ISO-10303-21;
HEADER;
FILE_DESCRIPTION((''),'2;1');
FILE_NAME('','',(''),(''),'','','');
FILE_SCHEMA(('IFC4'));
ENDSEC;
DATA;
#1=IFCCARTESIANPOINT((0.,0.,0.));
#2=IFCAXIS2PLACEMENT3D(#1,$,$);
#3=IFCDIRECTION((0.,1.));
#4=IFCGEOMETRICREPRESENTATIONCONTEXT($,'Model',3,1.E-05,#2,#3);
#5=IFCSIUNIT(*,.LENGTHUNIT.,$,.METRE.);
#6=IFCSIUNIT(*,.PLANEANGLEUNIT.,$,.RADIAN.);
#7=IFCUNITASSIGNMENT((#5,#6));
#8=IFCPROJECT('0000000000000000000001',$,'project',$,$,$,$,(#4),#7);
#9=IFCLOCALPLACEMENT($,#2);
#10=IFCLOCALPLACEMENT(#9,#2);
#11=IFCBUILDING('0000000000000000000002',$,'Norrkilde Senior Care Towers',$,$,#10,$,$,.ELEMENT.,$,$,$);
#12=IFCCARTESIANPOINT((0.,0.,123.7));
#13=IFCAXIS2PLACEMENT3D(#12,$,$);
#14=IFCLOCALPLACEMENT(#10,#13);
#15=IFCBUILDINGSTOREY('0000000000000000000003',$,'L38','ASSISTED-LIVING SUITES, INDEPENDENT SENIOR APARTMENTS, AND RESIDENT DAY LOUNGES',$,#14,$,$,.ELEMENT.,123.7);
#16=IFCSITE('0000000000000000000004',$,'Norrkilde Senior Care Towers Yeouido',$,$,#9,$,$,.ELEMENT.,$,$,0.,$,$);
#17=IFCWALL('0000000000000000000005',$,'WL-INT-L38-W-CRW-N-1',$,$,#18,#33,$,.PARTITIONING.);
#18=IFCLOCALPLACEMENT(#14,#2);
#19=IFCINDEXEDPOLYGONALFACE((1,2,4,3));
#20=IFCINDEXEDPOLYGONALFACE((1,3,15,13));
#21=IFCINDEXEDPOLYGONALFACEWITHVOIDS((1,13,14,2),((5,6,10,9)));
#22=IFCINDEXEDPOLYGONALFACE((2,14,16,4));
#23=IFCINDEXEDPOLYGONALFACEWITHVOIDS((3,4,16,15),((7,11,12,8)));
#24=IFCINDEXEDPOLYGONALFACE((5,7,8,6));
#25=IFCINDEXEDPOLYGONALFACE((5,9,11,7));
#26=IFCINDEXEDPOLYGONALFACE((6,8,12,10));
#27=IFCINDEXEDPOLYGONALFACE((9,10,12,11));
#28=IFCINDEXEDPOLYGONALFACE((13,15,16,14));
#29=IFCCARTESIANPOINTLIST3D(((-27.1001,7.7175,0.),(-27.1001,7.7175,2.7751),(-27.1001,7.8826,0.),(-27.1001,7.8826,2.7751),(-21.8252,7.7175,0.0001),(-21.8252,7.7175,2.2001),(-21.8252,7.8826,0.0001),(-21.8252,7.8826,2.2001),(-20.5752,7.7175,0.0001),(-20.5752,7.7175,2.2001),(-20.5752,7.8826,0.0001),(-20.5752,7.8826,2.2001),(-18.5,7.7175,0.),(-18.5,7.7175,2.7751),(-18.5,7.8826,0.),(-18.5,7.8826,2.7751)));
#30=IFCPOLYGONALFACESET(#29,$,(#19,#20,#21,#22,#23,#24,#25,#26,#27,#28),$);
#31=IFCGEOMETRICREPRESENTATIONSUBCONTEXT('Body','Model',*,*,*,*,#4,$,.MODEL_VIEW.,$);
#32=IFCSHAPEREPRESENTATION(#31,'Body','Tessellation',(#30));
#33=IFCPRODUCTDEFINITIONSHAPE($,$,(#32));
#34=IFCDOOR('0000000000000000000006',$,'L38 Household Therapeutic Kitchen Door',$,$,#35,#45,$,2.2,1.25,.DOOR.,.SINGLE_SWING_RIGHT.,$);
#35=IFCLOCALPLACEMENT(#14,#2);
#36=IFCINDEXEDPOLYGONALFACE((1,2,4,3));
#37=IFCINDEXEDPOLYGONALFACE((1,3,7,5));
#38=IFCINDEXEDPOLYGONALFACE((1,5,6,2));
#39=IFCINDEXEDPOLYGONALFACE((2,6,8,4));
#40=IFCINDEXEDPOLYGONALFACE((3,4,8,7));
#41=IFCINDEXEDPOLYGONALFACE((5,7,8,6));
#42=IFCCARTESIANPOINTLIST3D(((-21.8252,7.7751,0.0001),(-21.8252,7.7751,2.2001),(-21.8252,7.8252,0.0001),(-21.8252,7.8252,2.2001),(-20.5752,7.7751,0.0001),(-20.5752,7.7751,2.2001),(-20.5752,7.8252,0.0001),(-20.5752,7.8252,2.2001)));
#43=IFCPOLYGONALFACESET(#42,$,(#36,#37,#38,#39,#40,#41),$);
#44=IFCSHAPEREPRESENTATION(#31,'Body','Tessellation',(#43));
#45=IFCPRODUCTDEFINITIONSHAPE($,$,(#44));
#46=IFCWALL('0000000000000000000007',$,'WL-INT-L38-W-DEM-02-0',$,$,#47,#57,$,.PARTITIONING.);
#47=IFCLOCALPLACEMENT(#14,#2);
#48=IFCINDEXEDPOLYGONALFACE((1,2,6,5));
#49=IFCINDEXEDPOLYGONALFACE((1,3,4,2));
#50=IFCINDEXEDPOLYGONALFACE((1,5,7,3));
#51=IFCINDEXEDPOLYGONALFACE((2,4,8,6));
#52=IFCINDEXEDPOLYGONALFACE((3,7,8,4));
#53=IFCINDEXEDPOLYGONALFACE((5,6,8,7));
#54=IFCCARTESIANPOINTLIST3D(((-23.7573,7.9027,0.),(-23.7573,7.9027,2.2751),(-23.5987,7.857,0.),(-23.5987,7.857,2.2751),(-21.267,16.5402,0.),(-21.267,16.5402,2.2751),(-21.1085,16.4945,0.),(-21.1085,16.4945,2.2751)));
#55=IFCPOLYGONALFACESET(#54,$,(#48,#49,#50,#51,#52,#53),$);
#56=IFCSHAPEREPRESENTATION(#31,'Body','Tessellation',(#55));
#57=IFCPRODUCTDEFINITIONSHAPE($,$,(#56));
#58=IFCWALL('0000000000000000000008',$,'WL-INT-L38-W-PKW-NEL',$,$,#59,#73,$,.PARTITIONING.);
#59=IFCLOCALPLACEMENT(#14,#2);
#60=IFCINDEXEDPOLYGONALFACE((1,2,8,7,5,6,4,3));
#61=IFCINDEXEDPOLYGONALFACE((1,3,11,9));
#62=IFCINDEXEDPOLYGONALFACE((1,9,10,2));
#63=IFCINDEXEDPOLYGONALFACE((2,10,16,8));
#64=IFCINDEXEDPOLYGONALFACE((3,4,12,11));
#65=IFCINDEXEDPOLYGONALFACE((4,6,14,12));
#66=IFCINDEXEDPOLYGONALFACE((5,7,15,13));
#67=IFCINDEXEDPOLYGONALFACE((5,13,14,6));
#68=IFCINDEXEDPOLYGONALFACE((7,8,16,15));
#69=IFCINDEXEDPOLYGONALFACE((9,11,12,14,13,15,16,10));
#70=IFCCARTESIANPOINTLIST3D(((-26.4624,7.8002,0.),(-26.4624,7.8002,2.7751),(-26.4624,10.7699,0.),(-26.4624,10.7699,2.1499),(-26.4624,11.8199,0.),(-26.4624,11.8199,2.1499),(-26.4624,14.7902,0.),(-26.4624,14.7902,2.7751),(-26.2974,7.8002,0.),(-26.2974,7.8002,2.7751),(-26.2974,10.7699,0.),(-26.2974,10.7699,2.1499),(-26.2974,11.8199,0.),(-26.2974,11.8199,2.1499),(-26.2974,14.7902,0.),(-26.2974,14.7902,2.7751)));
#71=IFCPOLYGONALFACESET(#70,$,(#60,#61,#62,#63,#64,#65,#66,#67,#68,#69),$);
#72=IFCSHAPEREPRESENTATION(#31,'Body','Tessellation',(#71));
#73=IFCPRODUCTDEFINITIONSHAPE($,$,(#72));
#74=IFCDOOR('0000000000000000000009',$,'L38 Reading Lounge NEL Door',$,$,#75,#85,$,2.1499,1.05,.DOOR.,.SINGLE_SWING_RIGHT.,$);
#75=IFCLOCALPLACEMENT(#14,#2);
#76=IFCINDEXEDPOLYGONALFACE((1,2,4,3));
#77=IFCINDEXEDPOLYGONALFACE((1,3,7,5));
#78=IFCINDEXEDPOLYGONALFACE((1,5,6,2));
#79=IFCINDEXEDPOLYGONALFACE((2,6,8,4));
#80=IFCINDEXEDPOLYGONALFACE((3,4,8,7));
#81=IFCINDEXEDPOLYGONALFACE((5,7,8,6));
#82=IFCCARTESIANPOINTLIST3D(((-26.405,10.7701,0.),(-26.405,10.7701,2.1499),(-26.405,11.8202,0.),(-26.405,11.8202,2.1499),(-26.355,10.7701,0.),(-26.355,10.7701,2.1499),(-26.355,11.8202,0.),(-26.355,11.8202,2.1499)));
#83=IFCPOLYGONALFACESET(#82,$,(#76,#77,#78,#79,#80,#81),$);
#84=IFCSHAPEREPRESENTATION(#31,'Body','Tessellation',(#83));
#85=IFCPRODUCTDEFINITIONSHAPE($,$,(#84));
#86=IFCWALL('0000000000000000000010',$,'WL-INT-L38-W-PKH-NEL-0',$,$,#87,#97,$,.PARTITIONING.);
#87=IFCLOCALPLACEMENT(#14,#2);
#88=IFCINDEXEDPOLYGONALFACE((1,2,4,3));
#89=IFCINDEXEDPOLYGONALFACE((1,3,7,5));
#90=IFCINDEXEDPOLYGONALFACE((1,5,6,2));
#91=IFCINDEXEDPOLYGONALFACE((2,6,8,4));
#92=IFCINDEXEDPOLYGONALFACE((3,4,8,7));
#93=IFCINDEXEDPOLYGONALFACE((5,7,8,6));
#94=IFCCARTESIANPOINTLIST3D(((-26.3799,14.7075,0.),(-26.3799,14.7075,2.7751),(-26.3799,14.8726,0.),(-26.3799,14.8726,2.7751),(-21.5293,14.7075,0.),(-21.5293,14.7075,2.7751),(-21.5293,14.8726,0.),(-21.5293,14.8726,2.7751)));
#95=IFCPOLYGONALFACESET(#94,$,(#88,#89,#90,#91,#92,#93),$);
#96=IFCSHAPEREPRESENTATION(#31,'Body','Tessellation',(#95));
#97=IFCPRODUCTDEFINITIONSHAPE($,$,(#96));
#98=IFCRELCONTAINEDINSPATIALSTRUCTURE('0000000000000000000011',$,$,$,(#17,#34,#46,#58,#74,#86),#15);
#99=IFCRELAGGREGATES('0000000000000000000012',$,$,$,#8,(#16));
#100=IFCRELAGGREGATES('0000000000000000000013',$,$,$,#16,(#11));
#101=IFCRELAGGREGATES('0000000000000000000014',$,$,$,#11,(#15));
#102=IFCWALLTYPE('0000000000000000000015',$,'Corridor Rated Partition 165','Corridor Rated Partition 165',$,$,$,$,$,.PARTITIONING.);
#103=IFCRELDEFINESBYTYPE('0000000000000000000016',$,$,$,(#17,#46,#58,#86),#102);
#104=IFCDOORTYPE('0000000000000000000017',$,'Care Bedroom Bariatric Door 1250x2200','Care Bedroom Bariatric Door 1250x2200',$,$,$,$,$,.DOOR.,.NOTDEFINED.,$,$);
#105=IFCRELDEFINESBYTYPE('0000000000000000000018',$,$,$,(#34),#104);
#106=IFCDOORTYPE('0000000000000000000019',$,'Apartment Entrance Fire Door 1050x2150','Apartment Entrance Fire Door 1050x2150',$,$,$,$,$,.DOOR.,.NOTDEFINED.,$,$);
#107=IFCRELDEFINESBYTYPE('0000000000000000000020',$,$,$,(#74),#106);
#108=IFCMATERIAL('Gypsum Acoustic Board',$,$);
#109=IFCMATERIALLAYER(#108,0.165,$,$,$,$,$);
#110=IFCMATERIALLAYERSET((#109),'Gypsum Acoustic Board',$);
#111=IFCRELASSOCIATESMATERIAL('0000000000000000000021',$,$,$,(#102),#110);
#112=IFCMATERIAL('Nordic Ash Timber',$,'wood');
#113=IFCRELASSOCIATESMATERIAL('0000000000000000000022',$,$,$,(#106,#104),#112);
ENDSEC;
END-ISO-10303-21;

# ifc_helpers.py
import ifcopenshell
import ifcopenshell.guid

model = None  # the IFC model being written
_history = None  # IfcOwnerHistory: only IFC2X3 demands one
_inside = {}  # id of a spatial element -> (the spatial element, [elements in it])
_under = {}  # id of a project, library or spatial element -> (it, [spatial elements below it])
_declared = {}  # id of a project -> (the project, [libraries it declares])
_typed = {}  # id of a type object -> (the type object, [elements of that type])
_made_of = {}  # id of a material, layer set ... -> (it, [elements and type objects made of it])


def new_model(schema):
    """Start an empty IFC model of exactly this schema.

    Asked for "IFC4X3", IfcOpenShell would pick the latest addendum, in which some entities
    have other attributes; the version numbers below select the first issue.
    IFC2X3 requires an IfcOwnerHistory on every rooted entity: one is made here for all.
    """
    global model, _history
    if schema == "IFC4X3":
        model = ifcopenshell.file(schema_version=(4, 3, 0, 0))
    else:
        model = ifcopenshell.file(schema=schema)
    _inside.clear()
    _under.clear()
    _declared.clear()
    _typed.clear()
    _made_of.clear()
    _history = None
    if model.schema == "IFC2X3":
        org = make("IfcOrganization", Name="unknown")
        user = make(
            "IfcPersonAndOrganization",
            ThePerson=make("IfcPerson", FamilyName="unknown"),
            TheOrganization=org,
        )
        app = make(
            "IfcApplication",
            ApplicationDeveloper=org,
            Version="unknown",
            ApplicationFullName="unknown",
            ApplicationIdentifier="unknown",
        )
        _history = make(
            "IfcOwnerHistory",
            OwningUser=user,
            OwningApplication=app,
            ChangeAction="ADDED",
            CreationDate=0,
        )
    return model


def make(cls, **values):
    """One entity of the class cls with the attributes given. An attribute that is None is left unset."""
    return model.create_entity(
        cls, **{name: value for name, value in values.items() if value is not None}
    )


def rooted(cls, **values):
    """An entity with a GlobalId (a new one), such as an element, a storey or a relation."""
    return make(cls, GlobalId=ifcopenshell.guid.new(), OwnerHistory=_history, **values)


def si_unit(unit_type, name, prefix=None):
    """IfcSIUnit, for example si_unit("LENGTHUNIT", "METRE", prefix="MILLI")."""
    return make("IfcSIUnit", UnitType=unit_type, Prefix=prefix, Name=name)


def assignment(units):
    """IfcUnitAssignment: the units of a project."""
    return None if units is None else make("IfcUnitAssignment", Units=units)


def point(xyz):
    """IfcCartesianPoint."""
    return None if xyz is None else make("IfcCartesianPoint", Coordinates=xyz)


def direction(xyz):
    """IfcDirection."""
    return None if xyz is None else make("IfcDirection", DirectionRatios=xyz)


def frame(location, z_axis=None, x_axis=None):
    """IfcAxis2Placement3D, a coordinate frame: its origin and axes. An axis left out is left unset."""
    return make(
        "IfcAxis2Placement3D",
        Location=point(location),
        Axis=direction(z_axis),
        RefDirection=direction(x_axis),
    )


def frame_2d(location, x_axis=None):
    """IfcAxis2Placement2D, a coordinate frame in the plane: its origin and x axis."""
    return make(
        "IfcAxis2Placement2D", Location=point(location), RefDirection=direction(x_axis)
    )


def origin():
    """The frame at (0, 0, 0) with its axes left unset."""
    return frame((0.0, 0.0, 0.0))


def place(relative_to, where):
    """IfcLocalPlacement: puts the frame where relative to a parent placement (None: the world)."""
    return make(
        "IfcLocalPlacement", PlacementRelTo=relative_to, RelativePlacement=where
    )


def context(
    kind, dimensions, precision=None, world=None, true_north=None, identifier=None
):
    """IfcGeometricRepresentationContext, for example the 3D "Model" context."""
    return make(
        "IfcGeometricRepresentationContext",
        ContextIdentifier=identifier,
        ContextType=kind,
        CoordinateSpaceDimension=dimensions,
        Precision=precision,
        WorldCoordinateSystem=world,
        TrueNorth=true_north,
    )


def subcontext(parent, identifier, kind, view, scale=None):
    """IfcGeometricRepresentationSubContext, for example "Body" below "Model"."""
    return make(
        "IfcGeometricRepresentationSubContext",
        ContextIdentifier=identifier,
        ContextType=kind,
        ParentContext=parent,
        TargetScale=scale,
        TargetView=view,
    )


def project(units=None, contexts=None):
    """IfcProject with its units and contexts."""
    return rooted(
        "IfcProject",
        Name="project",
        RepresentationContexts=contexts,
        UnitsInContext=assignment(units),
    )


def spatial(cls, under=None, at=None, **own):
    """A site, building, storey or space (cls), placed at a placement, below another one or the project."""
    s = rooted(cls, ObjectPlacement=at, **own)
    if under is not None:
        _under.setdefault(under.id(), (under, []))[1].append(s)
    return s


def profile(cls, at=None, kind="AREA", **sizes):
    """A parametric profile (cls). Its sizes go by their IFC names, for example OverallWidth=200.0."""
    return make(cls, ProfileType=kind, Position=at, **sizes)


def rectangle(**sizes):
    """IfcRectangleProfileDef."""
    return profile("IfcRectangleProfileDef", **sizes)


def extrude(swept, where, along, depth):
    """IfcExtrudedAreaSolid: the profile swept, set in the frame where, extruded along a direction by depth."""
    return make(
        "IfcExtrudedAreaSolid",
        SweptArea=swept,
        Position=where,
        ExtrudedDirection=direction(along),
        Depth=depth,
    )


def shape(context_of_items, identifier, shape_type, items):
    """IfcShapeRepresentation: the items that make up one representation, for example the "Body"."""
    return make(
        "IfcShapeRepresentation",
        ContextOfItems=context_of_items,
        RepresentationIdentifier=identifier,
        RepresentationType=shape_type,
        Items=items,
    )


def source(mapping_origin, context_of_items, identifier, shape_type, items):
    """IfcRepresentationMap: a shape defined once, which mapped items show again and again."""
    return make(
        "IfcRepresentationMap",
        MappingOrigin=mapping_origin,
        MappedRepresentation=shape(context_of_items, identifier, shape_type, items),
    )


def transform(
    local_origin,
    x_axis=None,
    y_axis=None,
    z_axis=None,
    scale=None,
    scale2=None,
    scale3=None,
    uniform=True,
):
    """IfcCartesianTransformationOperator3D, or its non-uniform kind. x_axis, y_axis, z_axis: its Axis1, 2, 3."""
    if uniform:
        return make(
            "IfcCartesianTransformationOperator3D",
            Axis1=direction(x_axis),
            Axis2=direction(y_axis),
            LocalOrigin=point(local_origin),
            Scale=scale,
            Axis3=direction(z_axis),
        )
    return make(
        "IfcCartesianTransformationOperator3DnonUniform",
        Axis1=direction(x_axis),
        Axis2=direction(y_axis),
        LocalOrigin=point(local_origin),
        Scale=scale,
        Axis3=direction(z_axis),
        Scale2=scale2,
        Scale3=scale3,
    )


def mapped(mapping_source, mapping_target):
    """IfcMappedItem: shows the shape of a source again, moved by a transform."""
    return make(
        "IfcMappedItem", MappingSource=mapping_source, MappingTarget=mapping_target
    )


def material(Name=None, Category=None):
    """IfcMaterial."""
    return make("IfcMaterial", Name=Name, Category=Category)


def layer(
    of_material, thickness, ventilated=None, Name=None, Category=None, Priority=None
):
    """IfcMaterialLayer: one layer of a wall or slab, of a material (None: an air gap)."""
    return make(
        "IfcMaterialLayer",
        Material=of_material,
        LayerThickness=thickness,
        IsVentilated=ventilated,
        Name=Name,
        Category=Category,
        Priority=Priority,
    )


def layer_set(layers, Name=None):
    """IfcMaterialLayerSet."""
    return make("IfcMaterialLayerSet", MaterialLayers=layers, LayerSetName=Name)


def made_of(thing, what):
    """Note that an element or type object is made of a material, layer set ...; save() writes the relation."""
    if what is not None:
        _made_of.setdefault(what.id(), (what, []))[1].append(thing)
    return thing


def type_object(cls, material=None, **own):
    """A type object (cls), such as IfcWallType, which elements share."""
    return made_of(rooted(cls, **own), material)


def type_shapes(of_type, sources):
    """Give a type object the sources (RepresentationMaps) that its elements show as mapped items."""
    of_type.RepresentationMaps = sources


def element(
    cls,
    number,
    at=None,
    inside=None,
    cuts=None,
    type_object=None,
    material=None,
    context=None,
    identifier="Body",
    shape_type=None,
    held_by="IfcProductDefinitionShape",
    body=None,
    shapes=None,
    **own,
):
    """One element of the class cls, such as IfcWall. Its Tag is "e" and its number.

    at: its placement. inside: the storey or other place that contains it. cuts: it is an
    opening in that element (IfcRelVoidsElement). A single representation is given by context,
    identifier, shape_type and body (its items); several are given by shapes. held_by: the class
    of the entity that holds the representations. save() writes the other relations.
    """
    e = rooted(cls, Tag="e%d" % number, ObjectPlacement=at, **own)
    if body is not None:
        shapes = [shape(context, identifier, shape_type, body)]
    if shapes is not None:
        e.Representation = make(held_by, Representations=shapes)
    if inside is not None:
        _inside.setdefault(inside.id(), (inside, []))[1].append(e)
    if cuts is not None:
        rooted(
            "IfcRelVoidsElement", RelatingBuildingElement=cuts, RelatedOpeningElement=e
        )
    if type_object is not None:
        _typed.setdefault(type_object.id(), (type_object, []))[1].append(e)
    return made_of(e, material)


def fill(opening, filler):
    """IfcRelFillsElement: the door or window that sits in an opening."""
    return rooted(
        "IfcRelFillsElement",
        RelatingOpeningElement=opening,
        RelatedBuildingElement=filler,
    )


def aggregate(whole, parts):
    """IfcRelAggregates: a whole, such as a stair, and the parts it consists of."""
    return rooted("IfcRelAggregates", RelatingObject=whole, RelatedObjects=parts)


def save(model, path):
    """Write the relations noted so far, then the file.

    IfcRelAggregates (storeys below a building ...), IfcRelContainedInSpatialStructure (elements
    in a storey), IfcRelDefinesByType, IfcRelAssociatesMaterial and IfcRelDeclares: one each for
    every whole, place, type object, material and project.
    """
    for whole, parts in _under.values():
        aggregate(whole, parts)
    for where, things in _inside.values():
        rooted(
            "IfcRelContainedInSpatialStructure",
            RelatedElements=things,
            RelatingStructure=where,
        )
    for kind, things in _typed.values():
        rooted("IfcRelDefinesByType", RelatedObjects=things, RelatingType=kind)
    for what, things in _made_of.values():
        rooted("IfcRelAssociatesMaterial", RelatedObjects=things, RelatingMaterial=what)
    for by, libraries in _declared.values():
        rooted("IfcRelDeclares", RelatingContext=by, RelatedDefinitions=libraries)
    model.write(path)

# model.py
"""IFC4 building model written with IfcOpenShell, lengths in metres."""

from ifc_helpers import new_model, si_unit, direction, frame, frame_2d, origin, place, context, subcontext, project, spatial, rectangle, extrude, source, transform, mapped, material, layer, layer_set, type_object, type_shapes, element, fill, save


model = new_model("IFC4")

# Units and contexts
model_context = context("Model", 3, precision=1e-05, world=origin(), true_north=direction((0.0, 1.0)))
body_context = subcontext(model_context, "Body", "Model", "MODEL_VIEW")
ifc_project = project(units=[si_unit("LENGTHUNIT", "METRE"), si_unit("PLANEANGLEUNIT", "RADIAN")], contexts=[model_context])

# Site, building, storey
site_placement = place(None, origin())
site = spatial("IfcSite", under=ifc_project, at=site_placement, Name="Norrkilde Senior Care Towers Yeouido", CompositionType="ELEMENT", RefElevation=0.0)
building_placement = place(site_placement, origin())
building = spatial("IfcBuilding", under=site, at=building_placement, Name="Norrkilde Senior Care Towers", CompositionType="ELEMENT")
storey_placement = place(building_placement, frame((0.0, 0.0, 123.7)))
storey = spatial("IfcBuildingStorey", under=building, at=storey_placement, Name="L38", Description="ASSISTED-LIVING SUITES, INDEPENDENT SENIOR APARTMENTS, AND RESIDENT DAY LOUNGES", CompositionType="ELEMENT", Elevation=123.7)

# Shared definitions
ifc_material_1 = material(Name="Gypsum Acoustic Board")
ifc_layer_1 = layer(ifc_material_1, 0.165)
ifc_layer_set_1 = layer_set([ifc_layer_1], Name="Gypsum Acoustic Board")
wall_type = type_object("IfcWallType", Name="Corridor Rated Partition 165", Description="Corridor Rated Partition 165", PredefinedType="PARTITIONING", material=ifc_layer_set_1)
ifc_material_2 = material(Name="Nordic Ash Timber", Category="wood")
door_type_1 = type_object("IfcDoorType", Name="Apartment Entrance Fire Door 1050x2150", Description="Apartment Entrance Fire Door 1050x2150", OperationType="NOTDEFINED", PredefinedType="DOOR", material=ifc_material_2)
shared_shape_1 = source(origin(), body_context, "Body", "SweptSolid", [
    extrude(rectangle(XDim=1.05, YDim=2.1499, at=frame_2d((0.5249, 1.075))), frame((0.0, 0.0249, 0.0), z_axis=(0.0, -1.0, 0.0), x_axis=(1.0, 0.0, 0.0)), (0.0, 0.0, 1.0), 0.05),
])
type_shapes(door_type_1, [shared_shape_1])

# Wall, opening, door
shared_shape_2 = source(origin(), body_context, "Body", "SweptSolid", [
    extrude(rectangle(XDim=8.6001, YDim=0.165, at=frame_2d((4.3, 0.0))), origin(), (0.0, 0.0, 1.0), 2.7751),
])
wall_1_placement = place(storey_placement, frame((-27.1001, 7.8, 0.0), z_axis=(0.0, 0.0, 1.0), x_axis=(1.0, 0.0, 0.0)))
wall_1 = element("IfcWall", 1, at=wall_1_placement, inside=storey, type_object=wall_type, Name="WL-INT-L38-W-CRW-N-1", PredefinedType="PARTITIONING", context=body_context, shape_type="MappedRepresentation", body=[
    mapped(shared_shape_2, transform((0.0, 0.0, 0.0), x_axis=(1.0, 0.0, 0.0), y_axis=(0.0, 1.0, 0.0), z_axis=(0.0, 0.0, 1.0), scale=1.0)),
])
opening_1_placement = place(wall_1_placement, frame((5.2749, 0.0, 0.0)))
opening_1 = element("IfcOpeningElement", 2, at=opening_1_placement, cuts=wall_1, PredefinedType="OPENING", context=body_context, shape_type="SweptSolid", body=[
    extrude(rectangle(XDim=1.25, YDim=2.2, at=frame_2d((0.625, 1.1001))), frame((0.0, 0.0925, 0.0), z_axis=(0.0, -1.0, 0.0), x_axis=(1.0, 0.0, 0.0)), (0.0, 0.0, 1.0), 0.1851),
])
door_type_2 = type_object("IfcDoorType", Name="Care Bedroom Bariatric Door 1250x2200", Description="Care Bedroom Bariatric Door 1250x2200", OperationType="NOTDEFINED", PredefinedType="DOOR", material=ifc_material_2)
shared_shape_3 = source(origin(), body_context, "Body", "SweptSolid", [
    extrude(rectangle(XDim=1.25, YDim=2.2, at=frame_2d((0.625, 1.1001))), frame((0.0, 0.0249, 0.0), z_axis=(0.0, -1.0, 0.0), x_axis=(1.0, 0.0, 0.0)), (0.0, 0.0, 1.0), 0.05),
])
type_shapes(door_type_2, [shared_shape_3])
door_1_placement = place(opening_1_placement, frame((1.25, 0.0, 0.0), z_axis=(0.0, 0.0, 1.0), x_axis=(-1.0, 0.0, 0.0)))
door_1 = element("IfcDoor", 3, at=door_1_placement, inside=storey, type_object=door_type_2, Name="L38 Household Therapeutic Kitchen Door", OperationType="SINGLE_SWING_RIGHT", OverallHeight=2.2, OverallWidth=1.25, PredefinedType="DOOR", context=body_context, shape_type="MappedRepresentation", body=[
    mapped(shared_shape_3, transform((0.0, 0.0, 0.0), x_axis=(1.0, 0.0, 0.0), y_axis=(0.0, 1.0, 0.0), z_axis=(0.0, 0.0, 1.0), scale=1.0)),
])
fill(opening_1, door_1)

# Wall
shared_shape_4 = source(origin(), body_context, "Body", "SweptSolid", [
    extrude(rectangle(XDim=8.9893, YDim=0.165, at=frame_2d((4.4946, 0.0))), origin(), (0.0, 0.0, 1.0), 2.2751),
])
wall_2_placement = place(storey_placement, frame((-23.678, 7.8799, 0.0), z_axis=(0.0, 0.0, 1.0), x_axis=(0.277023, 0.960863, 0.0)))
element("IfcWall", 4, at=wall_2_placement, inside=storey, type_object=wall_type, Name="WL-INT-L38-W-DEM-02-0", PredefinedType="PARTITIONING", context=body_context, shape_type="MappedRepresentation", body=[
    mapped(shared_shape_4, transform((0.0, 0.0, 0.0), x_axis=(1.0, 0.0, 0.0), y_axis=(0.0, 1.0, 0.0), z_axis=(0.0, 0.0, 1.0), scale=1.0)),
])

# Wall, opening, door
shared_shape_5 = source(origin(), body_context, "Body", "SweptSolid", [
    extrude(rectangle(XDim=6.99, YDim=0.165, at=frame_2d((3.4951, 0.0))), origin(), (0.0, 0.0, 1.0), 2.7751),
])
wall_3_placement = place(storey_placement, frame((-26.3799, 7.8, 0.0), z_axis=(0.0, 0.0, 1.0), x_axis=(0.0, 1.0, 0.0)))
wall_3 = element("IfcWall", 5, at=wall_3_placement, inside=storey, type_object=wall_type, Name="WL-INT-L38-W-PKW-NEL", PredefinedType="PARTITIONING", context=body_context, shape_type="MappedRepresentation", body=[
    mapped(shared_shape_5, transform((0.0, 0.0, 0.0), x_axis=(1.0, 0.0, 0.0), y_axis=(0.0, 1.0, 0.0), z_axis=(0.0, 0.0, 1.0), scale=1.0)),
])
opening_2_placement = place(wall_3_placement, frame((2.97, 0.0, 0.0)))
opening_2 = element("IfcOpeningElement", 6, at=opening_2_placement, cuts=wall_3, PredefinedType="OPENING", context=body_context, shape_type="SweptSolid", body=[
    extrude(rectangle(XDim=1.05, YDim=2.1499, at=frame_2d((0.5249, 1.075))), frame((0.0, 0.0925, 0.0), z_axis=(0.0, -1.0, 0.0), x_axis=(1.0, 0.0, 0.0)), (0.0, 0.0, 1.0), 0.1851),
])
door_2_placement = place(opening_2_placement, frame((1.05, 0.0, 0.0), z_axis=(0.0, 0.0, 1.0), x_axis=(-1.0, 0.0, 0.0)))
door_2 = element("IfcDoor", 7, at=door_2_placement, inside=storey, type_object=door_type_1, Name="L38 Reading Lounge NEL Door", OperationType="SINGLE_SWING_RIGHT", OverallHeight=2.1499, OverallWidth=1.05, PredefinedType="DOOR", context=body_context, shape_type="MappedRepresentation", body=[
    mapped(shared_shape_1, transform((0.0, 0.0, 0.0), x_axis=(1.0, 0.0, 0.0), y_axis=(0.0, 1.0, 0.0), z_axis=(0.0, 0.0, 1.0), scale=1.0)),
])
fill(opening_2, door_2)

# Wall
shared_shape_6 = source(origin(), body_context, "Body", "SweptSolid", [
    extrude(rectangle(XDim=4.8506, YDim=0.165, at=frame_2d((2.4253, 0.0))), origin(), (0.0, 0.0, 1.0), 2.7751),
])
wall_4_placement = place(storey_placement, frame((-26.3799, 14.79, 0.0), z_axis=(0.0, 0.0, 1.0), x_axis=(1.0, 0.0, 0.0)))
element("IfcWall", 8, at=wall_4_placement, inside=storey, type_object=wall_type, Name="WL-INT-L38-W-PKH-NEL-0", PredefinedType="PARTITIONING", context=body_context, shape_type="MappedRepresentation", body=[
    mapped(shared_shape_6, transform((0.0, 0.0, 0.0), x_axis=(1.0, 0.0, 0.0), y_axis=(0.0, 1.0, 0.0), z_axis=(0.0, 0.0, 1.0), scale=1.0)),
])

save(model, "model.ifc")
